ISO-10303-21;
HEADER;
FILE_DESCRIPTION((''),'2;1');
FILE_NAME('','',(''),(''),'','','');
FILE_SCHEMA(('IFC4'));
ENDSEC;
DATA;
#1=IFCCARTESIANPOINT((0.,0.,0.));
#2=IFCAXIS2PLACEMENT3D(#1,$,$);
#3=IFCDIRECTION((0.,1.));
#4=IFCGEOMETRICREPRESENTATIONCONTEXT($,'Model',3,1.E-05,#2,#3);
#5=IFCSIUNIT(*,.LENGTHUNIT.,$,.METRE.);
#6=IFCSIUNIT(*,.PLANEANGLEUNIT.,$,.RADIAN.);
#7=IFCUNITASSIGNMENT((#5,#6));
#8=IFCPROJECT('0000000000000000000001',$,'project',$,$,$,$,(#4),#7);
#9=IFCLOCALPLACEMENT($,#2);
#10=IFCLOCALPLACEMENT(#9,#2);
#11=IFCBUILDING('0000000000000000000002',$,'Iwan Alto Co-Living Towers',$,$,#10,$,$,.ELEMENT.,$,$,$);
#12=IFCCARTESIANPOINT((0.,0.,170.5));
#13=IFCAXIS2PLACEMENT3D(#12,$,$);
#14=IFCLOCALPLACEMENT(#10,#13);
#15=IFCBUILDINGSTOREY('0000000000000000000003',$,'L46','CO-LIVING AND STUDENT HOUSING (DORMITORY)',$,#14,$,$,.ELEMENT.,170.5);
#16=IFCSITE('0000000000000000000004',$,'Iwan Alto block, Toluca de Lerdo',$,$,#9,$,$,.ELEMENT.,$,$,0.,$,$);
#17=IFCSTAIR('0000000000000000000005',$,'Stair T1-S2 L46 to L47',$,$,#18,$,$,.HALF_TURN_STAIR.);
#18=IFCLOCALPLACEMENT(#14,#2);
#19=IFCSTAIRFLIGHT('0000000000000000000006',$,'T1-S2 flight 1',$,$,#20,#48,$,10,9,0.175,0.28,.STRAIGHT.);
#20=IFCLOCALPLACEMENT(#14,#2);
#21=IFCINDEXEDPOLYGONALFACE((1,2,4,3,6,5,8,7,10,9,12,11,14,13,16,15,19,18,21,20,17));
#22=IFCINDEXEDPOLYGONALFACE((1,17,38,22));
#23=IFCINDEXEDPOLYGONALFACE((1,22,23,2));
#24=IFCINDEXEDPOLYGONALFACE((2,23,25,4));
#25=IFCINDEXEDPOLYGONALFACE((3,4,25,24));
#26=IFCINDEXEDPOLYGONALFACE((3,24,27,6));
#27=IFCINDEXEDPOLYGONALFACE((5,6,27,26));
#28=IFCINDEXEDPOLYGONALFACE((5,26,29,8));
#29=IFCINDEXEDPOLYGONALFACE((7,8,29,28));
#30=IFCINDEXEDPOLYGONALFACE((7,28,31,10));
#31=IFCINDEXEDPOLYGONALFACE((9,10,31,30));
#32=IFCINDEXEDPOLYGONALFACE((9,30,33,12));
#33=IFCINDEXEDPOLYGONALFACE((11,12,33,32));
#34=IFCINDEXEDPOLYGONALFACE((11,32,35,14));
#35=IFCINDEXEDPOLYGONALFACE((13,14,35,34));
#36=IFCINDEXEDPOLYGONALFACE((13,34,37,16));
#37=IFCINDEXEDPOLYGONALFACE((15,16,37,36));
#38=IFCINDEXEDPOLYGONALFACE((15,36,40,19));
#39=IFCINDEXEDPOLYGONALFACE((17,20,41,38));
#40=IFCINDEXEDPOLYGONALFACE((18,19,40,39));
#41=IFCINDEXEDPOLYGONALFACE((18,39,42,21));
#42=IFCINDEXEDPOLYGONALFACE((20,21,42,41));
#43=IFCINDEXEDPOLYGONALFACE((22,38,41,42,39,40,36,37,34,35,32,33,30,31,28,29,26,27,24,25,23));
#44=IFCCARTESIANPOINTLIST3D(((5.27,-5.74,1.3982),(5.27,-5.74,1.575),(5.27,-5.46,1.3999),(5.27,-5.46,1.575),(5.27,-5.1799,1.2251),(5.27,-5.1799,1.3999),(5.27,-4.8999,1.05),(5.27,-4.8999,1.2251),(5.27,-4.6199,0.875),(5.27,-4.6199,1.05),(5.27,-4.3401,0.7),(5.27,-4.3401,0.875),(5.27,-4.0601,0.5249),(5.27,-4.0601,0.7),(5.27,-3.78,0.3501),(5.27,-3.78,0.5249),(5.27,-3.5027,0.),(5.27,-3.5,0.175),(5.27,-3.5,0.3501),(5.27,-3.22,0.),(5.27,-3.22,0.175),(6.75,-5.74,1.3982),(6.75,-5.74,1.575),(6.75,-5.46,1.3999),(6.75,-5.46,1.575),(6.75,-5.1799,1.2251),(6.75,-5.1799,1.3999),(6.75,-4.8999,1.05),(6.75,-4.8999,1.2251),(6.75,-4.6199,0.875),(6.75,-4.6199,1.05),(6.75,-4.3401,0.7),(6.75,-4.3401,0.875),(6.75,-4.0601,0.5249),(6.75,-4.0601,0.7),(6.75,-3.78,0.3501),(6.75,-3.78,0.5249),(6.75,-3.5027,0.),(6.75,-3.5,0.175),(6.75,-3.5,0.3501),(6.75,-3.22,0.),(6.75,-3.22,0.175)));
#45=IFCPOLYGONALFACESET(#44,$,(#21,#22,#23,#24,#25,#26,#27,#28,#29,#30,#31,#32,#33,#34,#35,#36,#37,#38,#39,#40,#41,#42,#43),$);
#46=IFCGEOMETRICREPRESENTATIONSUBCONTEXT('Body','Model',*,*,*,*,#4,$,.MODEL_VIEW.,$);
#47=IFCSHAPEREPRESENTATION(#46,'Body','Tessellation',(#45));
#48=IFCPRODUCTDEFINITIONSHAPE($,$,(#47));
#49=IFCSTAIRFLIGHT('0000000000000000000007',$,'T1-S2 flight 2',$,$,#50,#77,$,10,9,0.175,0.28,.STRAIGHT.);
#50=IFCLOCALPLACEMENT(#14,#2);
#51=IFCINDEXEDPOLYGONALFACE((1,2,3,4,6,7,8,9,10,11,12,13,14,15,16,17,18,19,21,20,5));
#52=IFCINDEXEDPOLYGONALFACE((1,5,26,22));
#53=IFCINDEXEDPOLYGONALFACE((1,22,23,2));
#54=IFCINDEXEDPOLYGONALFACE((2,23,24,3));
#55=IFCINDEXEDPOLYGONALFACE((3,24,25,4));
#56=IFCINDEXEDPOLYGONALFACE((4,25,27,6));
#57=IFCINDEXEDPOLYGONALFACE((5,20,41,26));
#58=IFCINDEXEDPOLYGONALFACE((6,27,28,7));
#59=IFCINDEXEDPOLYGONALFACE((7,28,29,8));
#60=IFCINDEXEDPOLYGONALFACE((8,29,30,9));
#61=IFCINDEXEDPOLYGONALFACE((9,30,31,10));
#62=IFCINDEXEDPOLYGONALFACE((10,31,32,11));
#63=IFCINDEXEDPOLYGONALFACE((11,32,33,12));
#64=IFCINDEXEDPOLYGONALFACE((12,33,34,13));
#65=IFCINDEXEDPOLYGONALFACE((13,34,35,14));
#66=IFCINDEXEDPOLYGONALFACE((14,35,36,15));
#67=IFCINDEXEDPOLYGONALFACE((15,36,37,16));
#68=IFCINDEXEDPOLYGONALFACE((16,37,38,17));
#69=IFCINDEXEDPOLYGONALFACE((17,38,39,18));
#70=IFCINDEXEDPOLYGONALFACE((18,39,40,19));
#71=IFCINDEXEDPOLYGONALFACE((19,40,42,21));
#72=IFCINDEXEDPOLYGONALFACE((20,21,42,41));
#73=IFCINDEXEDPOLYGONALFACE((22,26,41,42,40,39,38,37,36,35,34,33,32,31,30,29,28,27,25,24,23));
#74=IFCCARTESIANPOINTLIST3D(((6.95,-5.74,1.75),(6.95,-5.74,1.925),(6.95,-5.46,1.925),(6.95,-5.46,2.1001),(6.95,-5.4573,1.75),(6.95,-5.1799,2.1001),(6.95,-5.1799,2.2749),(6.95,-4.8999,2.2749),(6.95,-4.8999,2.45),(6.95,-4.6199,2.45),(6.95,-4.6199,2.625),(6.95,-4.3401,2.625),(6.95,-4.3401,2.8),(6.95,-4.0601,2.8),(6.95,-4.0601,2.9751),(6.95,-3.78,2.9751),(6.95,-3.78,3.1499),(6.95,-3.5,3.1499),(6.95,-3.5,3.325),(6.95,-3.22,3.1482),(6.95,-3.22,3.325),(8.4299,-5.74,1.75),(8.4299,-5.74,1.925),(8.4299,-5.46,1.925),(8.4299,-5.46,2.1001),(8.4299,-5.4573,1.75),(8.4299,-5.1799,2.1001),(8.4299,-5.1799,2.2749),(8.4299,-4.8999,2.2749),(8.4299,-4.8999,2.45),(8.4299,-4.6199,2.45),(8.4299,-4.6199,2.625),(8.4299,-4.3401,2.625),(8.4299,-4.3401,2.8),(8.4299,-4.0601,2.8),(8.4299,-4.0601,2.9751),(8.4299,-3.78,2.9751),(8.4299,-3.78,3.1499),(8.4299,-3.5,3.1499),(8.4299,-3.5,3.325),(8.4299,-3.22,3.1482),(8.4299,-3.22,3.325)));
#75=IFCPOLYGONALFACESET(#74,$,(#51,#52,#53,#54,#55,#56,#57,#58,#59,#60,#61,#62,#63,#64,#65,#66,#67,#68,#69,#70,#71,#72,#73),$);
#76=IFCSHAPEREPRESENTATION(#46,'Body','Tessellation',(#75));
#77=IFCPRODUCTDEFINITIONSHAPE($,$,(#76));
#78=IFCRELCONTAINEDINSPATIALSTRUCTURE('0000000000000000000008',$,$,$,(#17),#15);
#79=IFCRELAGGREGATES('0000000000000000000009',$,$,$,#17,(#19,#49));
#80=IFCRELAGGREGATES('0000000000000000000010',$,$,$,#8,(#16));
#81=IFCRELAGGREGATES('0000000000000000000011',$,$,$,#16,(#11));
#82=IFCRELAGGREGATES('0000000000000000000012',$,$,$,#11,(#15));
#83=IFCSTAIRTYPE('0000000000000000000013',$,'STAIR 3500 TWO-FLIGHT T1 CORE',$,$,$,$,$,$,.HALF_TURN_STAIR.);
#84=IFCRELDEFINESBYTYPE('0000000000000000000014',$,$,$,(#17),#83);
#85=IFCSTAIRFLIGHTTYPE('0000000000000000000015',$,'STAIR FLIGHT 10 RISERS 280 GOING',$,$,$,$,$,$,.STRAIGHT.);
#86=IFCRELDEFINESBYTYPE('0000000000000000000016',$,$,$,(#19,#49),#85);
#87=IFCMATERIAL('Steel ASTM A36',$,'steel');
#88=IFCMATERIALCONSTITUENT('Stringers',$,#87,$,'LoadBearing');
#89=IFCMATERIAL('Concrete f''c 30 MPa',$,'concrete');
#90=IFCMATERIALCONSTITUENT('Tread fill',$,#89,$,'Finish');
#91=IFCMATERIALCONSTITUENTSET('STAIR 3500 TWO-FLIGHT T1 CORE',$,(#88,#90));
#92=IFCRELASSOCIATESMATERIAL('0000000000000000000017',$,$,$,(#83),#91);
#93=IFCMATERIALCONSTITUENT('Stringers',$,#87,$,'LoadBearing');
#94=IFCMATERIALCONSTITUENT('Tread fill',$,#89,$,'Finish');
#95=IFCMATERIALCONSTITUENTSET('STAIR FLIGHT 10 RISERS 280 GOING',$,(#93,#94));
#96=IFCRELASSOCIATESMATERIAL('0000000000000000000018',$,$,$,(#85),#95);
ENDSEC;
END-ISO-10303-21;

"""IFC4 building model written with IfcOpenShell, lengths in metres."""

from ifc_helpers import new_model, si_unit, direction, frame, origin, place, context, subcontext, project, spatial, polyline, outline, extrude, material, constituent, constituent_set, type_object, element, aggregate, save


model = new_model("IFC4")

# Units and contexts
model_context = context("Model", 3, precision=1e-05, world=origin(), true_north=direction((0.0, 1.0)))
body_context = subcontext(model_context, "Body", "Model", "MODEL_VIEW")
ifc_project = project(units=[si_unit("LENGTHUNIT", "METRE"), si_unit("PLANEANGLEUNIT", "RADIAN")], contexts=[model_context])

# Site, building, storey
site_placement = place(None, origin())
site = spatial("IfcSite", under=ifc_project, at=site_placement, Name="Iwan Alto block, Toluca de Lerdo", CompositionType="ELEMENT", RefElevation=0.0)
building_placement = place(site_placement, origin())
building = spatial("IfcBuilding", under=site, at=building_placement, Name="Iwan Alto Co-Living Towers", CompositionType="ELEMENT")
storey_placement = place(building_placement, frame((0.0, 0.0, 170.5)))
storey = spatial("IfcBuildingStorey", under=building, at=storey_placement, Name="L46", Description="CO-LIVING AND STUDENT HOUSING (DORMITORY)", CompositionType="ELEMENT", Elevation=170.5)

# Shared definitions
ifc_material_1 = material(Name="Steel ASTM A36", Category="steel")
ifc_constituent_1 = constituent(ifc_material_1, Name="Stringers", Category="LoadBearing")
ifc_material_2 = material(Name="Concrete f'c 30 MPa", Category="concrete")
ifc_constituent_2 = constituent(ifc_material_2, Name="Tread fill", Category="Finish")
ifc_constituent_set_1 = constituent_set(constituents=[ifc_constituent_1, ifc_constituent_2], Name="STAIR 3500 TWO-FLIGHT T1 CORE")
stair_type = type_object("IfcStairType", Name="STAIR 3500 TWO-FLIGHT T1 CORE", PredefinedType="HALF_TURN_STAIR", material=ifc_constituent_set_1)

# Stair, stair flights
stair_1_placement = place(storey_placement, origin())
stair_1 = element("IfcStair", 1, at=stair_1_placement, inside=storey, type_object=stair_type, Name="Stair T1-S2 L46 to L47", PredefinedType="HALF_TURN_STAIR")
ifc_constituent_3 = constituent(ifc_material_1, Name="Stringers", Category="LoadBearing")
ifc_constituent_4 = constituent(ifc_material_2, Name="Tread fill", Category="Finish")
ifc_constituent_set_2 = constituent_set(constituents=[ifc_constituent_3, ifc_constituent_4], Name="STAIR FLIGHT 10 RISERS 280 GOING")
stair_flight_type = type_object("IfcStairFlightType", Name="STAIR FLIGHT 10 RISERS 280 GOING", PredefinedType="STRAIGHT", material=ifc_constituent_set_2)
stair_flight_1_placement = place(storey_placement, frame((6.01, -3.22, 0.0), z_axis=(0.0, 0.0, 1.0), x_axis=(0.0, -1.0, 0.0)))
stair_flight_1 = element("IfcStairFlight", 2, at=stair_flight_1_placement, type_object=stair_flight_type, Name="T1-S2 flight 1", NumberOfRisers=10, NumberOfTreads=9, PredefinedType="STRAIGHT", RiserHeight=0.175, TreadLength=0.28, context=body_context, shape_type="SweptSolid", body=[
    extrude(outline(polyline([(0.0, 0.0), (0.0, 0.175), (0.28, 0.175), (0.28, 0.3501), (0.5601, 0.3501), (0.5601, 0.5249), (0.8401, 0.5249), (0.8401, 0.7), (1.1201, 0.7), (1.1201, 0.875), (1.3999, 0.875), (1.3999, 1.05), (1.6799, 1.05), (1.6799, 1.2251), (1.96, 1.2251), (1.96, 1.3999), (2.24, 1.3999), (2.24, 1.575), (2.52, 1.575), (2.52, 1.75), (2.52, 1.3982), (0.2827, 0.0), (0.0, 0.0)])), frame((0.0, 0.74, 0.0), z_axis=(0.0, -1.0, 0.0), x_axis=(1.0, 0.0, 0.0)), (0.0, 0.0, 1.0), 1.48),
])
stair_flight_2_placement = place(storey_placement, frame((7.6899, -5.74, 1.75), z_axis=(0.0, 0.0, 1.0), x_axis=(0.0, 1.0, 0.0)))
stair_flight_2 = element("IfcStairFlight", 3, at=stair_flight_2_placement, type_object=stair_flight_type, Name="T1-S2 flight 2", NumberOfRisers=10, NumberOfTreads=9, PredefinedType="STRAIGHT", RiserHeight=0.175, TreadLength=0.28, context=body_context, shape_type="SweptSolid", body=[
    extrude(outline(polyline([(0.0, 0.0), (0.0, 0.175), (0.28, 0.175), (0.28, 0.3501), (0.5601, 0.3501), (0.5601, 0.5249), (0.8401, 0.5249), (0.8401, 0.7), (1.1201, 0.7), (1.1201, 0.875), (1.3999, 0.875), (1.3999, 1.05), (1.6799, 1.05), (1.6799, 1.2251), (1.96, 1.2251), (1.96, 1.3999), (2.24, 1.3999), (2.24, 1.575), (2.52, 1.575), (2.52, 1.75), (2.52, 1.3982), (0.2827, 0.0), (0.0, 0.0)])), frame((0.0, 0.74, 0.0), z_axis=(0.0, -1.0, 0.0), x_axis=(1.0, 0.0, 0.0)), (0.0, 0.0, 1.0), 1.48),
])
aggregate(stair_1, [stair_flight_1, stair_flight_2])

save(model, "model.ifc")
